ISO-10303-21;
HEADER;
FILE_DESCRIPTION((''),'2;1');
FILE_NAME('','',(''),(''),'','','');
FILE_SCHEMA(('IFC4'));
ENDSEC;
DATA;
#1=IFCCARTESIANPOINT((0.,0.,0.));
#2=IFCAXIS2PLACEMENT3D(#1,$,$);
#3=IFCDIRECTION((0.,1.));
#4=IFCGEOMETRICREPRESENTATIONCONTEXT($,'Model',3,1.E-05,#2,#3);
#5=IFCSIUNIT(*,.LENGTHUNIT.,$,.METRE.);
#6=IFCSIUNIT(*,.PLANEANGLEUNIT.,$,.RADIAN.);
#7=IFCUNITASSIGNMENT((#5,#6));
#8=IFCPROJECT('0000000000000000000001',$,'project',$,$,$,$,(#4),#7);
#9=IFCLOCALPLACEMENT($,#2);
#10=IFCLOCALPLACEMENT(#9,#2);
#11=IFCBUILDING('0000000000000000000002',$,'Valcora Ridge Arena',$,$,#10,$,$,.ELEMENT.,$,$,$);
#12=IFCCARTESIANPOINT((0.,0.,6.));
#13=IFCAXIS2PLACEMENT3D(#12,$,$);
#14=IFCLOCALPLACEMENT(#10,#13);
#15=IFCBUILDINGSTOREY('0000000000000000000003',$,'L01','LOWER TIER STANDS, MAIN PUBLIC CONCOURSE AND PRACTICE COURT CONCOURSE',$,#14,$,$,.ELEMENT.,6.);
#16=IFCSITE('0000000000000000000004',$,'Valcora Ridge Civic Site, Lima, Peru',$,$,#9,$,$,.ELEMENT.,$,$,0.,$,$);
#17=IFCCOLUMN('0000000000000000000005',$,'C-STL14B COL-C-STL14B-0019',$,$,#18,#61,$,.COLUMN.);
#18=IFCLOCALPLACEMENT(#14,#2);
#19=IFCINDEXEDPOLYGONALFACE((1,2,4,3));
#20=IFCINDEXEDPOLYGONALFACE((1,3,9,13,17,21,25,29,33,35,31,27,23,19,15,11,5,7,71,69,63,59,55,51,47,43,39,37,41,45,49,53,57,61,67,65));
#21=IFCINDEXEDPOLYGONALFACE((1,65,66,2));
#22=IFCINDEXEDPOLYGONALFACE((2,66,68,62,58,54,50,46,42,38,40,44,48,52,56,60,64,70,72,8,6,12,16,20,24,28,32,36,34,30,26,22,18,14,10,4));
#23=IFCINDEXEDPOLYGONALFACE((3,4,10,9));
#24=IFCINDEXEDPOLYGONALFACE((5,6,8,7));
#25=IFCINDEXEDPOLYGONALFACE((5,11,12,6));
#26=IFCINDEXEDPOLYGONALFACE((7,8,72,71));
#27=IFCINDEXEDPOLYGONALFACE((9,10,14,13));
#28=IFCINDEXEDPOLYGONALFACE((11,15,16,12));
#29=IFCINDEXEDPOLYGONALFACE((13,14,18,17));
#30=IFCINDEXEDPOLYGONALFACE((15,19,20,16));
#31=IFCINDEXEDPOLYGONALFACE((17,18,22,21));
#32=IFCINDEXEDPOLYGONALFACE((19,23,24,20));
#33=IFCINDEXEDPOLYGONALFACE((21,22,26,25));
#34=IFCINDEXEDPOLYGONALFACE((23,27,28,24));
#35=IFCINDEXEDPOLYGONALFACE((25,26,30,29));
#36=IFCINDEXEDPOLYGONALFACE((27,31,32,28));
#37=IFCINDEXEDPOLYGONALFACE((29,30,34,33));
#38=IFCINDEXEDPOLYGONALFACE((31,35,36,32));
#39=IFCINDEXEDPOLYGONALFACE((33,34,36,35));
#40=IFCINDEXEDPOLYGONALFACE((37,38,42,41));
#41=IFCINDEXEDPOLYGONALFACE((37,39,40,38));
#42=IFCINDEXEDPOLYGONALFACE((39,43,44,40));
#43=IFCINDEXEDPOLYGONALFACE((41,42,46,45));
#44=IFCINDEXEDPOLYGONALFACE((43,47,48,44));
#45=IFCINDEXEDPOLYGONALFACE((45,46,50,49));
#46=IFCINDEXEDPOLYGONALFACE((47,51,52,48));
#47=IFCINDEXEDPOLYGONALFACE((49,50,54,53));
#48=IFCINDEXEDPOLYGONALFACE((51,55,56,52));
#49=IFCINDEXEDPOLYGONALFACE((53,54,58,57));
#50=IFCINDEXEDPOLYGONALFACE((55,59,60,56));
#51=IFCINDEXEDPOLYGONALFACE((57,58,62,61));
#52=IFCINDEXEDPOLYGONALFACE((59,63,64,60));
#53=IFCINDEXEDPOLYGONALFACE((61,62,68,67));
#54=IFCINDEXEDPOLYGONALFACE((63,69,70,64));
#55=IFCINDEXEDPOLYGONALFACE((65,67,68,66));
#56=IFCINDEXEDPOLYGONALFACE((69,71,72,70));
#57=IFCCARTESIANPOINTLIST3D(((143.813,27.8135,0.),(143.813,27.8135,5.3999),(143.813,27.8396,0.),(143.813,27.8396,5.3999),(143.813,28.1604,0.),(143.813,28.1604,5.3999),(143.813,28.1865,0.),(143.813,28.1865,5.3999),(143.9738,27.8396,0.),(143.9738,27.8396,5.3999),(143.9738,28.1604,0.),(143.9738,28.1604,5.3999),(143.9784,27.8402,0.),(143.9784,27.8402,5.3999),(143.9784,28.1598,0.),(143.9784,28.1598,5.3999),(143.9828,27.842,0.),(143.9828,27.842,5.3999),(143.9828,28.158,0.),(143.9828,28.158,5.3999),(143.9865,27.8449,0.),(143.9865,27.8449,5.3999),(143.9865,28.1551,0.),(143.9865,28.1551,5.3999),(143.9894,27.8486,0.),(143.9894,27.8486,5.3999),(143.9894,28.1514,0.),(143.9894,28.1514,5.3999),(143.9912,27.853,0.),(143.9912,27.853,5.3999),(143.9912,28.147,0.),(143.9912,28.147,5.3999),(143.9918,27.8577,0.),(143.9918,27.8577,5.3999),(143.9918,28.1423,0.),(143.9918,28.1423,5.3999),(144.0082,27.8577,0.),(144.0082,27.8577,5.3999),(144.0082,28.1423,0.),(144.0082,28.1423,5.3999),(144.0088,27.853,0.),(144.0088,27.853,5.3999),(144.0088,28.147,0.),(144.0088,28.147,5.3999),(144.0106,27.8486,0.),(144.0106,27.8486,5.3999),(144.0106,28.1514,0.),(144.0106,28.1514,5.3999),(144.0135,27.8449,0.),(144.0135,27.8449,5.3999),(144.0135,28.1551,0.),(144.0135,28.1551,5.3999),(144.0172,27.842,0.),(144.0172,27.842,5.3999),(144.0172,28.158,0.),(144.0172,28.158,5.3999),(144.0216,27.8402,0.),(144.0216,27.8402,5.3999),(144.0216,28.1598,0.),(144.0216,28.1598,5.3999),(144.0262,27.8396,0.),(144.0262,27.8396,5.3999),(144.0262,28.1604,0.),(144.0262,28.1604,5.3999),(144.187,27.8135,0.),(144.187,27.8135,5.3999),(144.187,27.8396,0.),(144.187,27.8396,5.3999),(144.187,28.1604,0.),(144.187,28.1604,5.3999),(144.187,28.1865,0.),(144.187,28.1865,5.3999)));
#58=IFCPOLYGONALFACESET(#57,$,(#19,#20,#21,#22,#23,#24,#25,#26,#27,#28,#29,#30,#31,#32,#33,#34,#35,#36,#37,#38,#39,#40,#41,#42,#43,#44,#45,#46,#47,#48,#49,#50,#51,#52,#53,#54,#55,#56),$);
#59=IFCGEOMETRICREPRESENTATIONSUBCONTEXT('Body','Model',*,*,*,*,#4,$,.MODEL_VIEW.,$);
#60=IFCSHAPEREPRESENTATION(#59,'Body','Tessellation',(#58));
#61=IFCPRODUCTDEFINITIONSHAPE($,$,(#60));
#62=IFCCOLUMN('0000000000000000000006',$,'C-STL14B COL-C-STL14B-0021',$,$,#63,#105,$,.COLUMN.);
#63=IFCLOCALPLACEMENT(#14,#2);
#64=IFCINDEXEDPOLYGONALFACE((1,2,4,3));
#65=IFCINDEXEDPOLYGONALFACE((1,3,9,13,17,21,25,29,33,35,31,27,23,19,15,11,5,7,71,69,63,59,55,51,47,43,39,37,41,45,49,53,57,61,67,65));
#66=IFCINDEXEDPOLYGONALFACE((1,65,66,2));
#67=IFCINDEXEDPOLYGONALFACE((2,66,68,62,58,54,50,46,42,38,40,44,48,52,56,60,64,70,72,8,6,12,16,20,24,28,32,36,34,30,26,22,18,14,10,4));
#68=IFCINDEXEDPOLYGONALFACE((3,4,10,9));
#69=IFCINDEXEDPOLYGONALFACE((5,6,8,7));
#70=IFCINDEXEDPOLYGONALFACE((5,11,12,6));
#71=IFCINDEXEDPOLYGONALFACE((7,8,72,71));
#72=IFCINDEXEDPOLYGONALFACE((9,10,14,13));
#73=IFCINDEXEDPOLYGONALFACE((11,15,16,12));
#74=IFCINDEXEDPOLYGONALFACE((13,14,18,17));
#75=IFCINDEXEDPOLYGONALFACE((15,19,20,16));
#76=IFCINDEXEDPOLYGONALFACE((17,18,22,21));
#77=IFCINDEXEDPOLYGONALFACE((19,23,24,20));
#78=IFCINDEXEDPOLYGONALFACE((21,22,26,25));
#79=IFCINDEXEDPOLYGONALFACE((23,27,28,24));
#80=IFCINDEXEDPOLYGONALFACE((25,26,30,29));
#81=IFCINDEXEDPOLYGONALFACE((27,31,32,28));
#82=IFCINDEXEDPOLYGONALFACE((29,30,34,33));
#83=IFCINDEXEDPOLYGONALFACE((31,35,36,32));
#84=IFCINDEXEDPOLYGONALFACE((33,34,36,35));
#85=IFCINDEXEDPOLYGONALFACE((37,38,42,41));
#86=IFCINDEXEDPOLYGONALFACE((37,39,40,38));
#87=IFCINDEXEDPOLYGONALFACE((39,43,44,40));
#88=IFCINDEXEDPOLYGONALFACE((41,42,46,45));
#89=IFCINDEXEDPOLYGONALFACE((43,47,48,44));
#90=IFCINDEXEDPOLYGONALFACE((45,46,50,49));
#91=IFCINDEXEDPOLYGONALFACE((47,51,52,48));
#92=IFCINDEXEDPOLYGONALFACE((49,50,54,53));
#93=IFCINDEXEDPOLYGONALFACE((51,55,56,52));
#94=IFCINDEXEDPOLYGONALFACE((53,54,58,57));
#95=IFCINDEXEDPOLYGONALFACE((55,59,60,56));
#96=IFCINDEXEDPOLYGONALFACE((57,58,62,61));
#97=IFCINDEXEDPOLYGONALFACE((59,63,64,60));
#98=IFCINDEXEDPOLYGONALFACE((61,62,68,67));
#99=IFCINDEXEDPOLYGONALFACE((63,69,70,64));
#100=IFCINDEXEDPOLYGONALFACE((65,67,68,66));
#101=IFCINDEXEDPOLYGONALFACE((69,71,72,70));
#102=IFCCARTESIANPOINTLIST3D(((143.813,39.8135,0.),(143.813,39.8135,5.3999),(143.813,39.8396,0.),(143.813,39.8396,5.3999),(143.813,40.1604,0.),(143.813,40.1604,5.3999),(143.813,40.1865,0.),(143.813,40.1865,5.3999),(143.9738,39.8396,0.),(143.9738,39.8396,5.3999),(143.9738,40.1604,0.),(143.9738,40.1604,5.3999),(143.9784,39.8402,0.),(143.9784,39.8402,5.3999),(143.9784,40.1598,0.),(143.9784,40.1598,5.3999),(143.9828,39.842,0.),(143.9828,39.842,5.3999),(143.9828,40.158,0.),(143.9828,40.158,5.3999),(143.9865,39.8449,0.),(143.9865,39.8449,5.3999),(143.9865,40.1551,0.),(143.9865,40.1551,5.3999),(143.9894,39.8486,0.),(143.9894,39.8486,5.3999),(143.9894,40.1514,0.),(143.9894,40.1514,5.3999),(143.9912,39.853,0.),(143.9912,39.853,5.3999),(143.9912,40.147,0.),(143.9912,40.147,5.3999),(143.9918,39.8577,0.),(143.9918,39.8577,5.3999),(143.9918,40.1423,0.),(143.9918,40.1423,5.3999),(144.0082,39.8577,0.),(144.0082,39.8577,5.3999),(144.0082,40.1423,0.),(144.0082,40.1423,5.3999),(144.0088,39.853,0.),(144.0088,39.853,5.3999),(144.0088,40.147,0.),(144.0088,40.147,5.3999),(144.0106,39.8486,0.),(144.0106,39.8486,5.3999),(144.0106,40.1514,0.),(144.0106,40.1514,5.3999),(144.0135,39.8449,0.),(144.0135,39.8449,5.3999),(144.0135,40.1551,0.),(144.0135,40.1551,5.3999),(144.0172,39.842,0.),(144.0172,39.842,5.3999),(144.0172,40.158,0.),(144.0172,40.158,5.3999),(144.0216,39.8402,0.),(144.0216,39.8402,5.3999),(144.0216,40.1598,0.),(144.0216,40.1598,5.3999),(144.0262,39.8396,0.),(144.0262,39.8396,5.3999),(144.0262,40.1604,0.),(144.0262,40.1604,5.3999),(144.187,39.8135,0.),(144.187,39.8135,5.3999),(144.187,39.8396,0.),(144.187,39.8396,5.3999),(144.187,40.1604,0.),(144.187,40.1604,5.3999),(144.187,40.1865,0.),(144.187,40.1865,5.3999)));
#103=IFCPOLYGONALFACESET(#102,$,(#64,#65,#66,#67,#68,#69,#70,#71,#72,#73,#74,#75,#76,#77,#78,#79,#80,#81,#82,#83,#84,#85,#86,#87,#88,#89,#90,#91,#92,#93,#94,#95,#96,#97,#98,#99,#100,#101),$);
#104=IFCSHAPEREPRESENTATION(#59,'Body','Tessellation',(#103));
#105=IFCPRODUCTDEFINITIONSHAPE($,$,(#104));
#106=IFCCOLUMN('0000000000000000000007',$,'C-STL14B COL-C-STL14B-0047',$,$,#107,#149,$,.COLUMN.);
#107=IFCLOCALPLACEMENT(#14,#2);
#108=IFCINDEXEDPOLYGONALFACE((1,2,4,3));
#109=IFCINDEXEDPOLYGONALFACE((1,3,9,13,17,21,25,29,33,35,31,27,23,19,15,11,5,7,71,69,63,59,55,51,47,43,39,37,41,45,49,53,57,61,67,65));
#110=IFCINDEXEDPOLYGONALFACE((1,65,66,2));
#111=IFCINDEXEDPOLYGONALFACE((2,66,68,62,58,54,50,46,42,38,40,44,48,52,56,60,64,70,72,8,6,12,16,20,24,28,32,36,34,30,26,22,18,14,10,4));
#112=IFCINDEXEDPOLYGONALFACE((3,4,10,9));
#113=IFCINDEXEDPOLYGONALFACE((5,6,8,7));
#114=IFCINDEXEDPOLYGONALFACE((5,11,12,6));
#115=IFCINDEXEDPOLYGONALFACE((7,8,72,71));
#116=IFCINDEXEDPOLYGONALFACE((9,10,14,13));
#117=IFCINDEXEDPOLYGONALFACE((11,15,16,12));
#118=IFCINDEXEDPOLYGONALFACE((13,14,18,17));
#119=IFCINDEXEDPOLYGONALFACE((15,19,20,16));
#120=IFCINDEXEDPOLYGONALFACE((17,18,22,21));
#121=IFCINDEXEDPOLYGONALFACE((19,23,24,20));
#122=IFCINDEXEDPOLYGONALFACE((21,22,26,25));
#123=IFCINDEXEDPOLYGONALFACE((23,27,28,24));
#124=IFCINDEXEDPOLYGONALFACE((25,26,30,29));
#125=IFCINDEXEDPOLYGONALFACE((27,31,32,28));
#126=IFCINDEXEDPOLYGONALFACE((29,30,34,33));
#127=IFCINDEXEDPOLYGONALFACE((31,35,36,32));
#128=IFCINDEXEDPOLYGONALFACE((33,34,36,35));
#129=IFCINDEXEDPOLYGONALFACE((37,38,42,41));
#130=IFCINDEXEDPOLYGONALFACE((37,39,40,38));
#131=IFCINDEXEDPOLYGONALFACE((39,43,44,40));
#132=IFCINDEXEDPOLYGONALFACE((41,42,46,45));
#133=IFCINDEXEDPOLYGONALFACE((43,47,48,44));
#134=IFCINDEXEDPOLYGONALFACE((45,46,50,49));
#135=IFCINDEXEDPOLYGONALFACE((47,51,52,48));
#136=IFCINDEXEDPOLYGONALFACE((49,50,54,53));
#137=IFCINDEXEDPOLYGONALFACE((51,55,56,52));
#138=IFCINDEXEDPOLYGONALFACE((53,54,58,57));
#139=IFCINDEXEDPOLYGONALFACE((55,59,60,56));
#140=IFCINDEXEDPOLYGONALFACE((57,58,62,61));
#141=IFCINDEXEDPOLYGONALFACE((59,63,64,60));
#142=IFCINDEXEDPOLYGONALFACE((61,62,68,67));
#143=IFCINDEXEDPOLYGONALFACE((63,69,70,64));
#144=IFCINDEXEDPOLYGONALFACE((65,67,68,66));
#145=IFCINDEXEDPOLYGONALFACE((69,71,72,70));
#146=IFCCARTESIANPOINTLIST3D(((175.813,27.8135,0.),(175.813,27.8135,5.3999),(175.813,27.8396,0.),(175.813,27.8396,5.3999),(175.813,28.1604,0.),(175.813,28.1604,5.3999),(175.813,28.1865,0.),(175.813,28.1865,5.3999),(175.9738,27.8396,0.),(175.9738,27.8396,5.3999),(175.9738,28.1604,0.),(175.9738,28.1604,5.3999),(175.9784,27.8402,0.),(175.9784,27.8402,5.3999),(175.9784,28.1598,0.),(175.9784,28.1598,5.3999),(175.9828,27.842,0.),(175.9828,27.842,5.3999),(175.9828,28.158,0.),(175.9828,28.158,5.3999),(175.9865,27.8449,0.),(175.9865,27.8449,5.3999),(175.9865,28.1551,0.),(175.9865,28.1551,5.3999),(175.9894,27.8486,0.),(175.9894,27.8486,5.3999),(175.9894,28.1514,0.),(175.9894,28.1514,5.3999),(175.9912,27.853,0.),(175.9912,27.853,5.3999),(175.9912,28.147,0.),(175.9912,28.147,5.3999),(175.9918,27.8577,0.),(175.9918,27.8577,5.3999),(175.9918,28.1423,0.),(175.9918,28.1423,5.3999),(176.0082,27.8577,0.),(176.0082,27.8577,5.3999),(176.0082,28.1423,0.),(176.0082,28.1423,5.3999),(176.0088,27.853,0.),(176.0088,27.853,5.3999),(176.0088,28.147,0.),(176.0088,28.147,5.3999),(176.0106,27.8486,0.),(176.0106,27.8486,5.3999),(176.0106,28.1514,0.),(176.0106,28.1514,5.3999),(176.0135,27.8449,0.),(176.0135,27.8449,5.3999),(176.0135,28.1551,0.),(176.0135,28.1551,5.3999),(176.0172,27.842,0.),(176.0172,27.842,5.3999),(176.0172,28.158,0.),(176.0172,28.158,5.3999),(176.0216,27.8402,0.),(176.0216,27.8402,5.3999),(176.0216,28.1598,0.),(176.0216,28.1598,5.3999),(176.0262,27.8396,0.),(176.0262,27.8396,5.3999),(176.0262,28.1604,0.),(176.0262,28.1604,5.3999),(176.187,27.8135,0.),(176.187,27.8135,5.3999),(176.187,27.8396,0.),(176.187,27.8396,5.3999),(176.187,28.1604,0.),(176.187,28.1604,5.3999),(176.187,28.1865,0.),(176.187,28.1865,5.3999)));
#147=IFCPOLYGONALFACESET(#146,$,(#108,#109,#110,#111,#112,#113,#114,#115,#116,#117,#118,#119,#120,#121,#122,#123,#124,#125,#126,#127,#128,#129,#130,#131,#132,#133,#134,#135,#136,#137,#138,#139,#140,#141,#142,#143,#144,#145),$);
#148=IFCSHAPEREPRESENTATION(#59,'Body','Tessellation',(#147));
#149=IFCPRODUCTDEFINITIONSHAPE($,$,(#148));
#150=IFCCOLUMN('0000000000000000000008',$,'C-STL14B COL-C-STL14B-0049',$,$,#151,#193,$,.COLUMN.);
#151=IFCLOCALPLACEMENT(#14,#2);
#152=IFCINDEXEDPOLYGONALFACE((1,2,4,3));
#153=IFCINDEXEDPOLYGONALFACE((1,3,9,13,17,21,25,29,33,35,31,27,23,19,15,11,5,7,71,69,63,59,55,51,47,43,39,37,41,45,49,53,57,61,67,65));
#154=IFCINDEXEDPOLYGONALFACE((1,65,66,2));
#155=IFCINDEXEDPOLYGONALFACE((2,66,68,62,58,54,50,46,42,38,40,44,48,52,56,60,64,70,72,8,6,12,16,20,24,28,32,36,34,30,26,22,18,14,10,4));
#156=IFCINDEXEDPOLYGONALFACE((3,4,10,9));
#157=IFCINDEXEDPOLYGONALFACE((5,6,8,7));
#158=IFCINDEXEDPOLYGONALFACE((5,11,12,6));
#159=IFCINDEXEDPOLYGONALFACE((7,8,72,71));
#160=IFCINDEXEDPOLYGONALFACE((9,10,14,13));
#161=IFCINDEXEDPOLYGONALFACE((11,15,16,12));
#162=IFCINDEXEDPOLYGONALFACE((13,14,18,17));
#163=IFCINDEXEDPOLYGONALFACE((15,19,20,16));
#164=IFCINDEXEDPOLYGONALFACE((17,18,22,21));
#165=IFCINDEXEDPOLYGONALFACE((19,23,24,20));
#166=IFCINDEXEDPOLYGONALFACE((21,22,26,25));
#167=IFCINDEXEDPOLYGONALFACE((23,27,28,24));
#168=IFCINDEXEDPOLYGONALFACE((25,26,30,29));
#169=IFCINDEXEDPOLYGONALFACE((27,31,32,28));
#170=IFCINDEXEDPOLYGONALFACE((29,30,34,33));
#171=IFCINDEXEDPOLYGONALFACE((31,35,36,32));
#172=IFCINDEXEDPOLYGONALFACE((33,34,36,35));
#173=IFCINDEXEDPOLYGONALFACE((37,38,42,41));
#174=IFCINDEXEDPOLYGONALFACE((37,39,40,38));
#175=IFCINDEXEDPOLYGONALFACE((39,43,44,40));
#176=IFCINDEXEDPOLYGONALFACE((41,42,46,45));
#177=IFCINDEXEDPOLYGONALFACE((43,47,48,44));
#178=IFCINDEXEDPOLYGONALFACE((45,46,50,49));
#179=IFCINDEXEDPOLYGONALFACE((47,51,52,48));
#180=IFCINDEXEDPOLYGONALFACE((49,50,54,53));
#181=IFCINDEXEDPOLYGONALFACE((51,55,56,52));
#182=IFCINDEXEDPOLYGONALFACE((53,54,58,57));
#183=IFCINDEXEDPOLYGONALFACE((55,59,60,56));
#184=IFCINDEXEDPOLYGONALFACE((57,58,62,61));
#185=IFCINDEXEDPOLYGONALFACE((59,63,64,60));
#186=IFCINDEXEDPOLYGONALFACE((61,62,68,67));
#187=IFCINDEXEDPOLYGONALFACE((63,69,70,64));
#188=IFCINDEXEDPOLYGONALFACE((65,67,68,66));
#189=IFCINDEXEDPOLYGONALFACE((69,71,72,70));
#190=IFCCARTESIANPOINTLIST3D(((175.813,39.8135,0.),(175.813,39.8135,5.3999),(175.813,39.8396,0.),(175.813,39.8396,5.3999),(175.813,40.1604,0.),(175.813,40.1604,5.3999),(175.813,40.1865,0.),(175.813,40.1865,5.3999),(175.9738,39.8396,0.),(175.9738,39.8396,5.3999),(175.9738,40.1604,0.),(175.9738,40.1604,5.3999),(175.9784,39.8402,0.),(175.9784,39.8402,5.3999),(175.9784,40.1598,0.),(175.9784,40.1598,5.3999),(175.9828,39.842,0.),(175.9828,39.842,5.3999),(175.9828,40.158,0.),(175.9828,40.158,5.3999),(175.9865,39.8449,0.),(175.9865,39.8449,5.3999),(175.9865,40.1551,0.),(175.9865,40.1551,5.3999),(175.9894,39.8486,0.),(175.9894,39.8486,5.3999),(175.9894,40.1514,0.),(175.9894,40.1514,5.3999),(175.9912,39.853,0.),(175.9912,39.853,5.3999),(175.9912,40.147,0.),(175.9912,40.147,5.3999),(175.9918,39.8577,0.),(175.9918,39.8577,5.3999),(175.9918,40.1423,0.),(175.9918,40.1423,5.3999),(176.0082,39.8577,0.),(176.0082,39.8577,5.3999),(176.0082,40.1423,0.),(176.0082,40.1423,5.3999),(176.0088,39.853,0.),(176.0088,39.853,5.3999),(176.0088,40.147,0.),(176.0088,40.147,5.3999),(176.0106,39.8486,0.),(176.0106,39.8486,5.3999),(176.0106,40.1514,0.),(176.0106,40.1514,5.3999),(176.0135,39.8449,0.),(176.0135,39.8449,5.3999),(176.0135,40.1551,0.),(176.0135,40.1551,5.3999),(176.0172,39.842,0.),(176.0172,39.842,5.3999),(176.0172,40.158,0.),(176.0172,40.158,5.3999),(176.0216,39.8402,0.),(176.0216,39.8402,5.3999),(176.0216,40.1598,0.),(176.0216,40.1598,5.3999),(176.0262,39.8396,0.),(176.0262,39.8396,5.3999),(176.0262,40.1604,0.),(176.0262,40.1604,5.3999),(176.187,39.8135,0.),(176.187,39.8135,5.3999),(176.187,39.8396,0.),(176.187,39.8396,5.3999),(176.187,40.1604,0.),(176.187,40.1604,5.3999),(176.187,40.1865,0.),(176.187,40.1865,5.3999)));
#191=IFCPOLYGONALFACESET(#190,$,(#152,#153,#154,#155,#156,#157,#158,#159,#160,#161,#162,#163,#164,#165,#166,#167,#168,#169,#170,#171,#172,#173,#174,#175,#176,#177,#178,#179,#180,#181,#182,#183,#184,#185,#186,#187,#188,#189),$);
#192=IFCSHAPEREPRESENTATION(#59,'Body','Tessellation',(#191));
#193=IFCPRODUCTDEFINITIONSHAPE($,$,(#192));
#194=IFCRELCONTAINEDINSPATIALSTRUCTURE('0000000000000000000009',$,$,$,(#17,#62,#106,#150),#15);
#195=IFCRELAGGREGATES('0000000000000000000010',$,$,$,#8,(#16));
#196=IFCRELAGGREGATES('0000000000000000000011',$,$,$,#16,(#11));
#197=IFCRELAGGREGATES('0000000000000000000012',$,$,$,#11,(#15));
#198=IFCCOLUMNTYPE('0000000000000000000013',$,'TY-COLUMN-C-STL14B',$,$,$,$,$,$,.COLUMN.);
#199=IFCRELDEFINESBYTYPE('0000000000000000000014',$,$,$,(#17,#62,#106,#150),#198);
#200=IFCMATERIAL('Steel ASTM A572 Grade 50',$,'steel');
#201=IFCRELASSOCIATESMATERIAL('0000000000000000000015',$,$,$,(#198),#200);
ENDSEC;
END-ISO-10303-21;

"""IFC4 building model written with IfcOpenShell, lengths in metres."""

from ifc_helpers import new_model, si_unit, direction, frame, origin, origin_2d, place, context, subcontext, project, spatial, i_section, extrude, material, material_profile, profile_set, type_object, element, save


model = new_model("IFC4")

# Units and contexts
model_context = context("Model", 3, precision=1e-05, world=origin(), true_north=direction((0.0, 1.0)))
body_context = subcontext(model_context, "Body", "Model", "MODEL_VIEW")
ifc_project = project(units=[si_unit("LENGTHUNIT", "METRE"), si_unit("PLANEANGLEUNIT", "RADIAN")], contexts=[model_context])

# Site, building, storey
site_placement = place(None, origin())
site = spatial("IfcSite", under=ifc_project, at=site_placement, Name="Valcora Ridge Civic Site, Lima, Peru", CompositionType="ELEMENT", RefElevation=0.0)
building_placement = place(site_placement, origin())
building = spatial("IfcBuilding", under=site, at=building_placement, Name="Valcora Ridge Arena", CompositionType="ELEMENT")
storey_placement = place(building_placement, frame((0.0, 0.0, 6.0)))
storey = spatial("IfcBuildingStorey", under=building, at=storey_placement, Name="L01", Description="LOWER TIER STANDS, MAIN PUBLIC CONCOURSE AND PRACTICE COURT CONCOURSE", CompositionType="ELEMENT", Elevation=6.0)

# Columns
ifc_material_1 = material(Name="Steel ASTM A572 Grade 50", Category="steel")
ifc_material_profile_1 = material_profile(ifc_material_1, i_section(OverallWidth=0.374, OverallDepth=0.373, WebThickness=0.0164, FlangeThickness=0.0261, FilletRadius=0.0181, at=origin_2d()), Name="W14X132")
ifc_profile_set_1 = profile_set([ifc_material_profile_1], Name="Steel ASTM A572 Grade 50")
column_type = type_object("IfcColumnType", Name="TY-COLUMN-C-STL14B", PredefinedType="COLUMN", material=ifc_profile_set_1)
for number, where, z_axis, x_axis, name in (
    (1, (144.0, 28.0, 0.0), (0.0, 0.0, 1.0), (1.0, 0.0, 0.0), "C-STL14B COL-C-STL14B-0019"),
    (2, (144.0, 40.0, 0.0), (0.0, 0.0, 1.0), (1.0, 0.0, 0.0), "C-STL14B COL-C-STL14B-0021"),
    (3, (176.0, 28.0, 0.0), (0.0, 0.0, 1.0), (1.0, 0.0, 0.0), "C-STL14B COL-C-STL14B-0047"),
    (4, (176.0, 40.0, 0.0), (0.0, 0.0, 1.0), (1.0, 0.0, 0.0), "C-STL14B COL-C-STL14B-0049"),
):
    element("IfcColumn", number, at=place(storey_placement, frame(where, z_axis=z_axis, x_axis=x_axis)), inside=storey, type_object=column_type, Name=name, PredefinedType="COLUMN", context=body_context, shape_type="SweptSolid", body=[
        extrude(i_section(OverallWidth=0.374, OverallDepth=0.373, WebThickness=0.0164, FlangeThickness=0.0261, FilletRadius=0.0181, at=origin_2d()), origin(), (0.0, 0.0, 1.0), 5.3999),
    ])

save(model, "model.ifc")
